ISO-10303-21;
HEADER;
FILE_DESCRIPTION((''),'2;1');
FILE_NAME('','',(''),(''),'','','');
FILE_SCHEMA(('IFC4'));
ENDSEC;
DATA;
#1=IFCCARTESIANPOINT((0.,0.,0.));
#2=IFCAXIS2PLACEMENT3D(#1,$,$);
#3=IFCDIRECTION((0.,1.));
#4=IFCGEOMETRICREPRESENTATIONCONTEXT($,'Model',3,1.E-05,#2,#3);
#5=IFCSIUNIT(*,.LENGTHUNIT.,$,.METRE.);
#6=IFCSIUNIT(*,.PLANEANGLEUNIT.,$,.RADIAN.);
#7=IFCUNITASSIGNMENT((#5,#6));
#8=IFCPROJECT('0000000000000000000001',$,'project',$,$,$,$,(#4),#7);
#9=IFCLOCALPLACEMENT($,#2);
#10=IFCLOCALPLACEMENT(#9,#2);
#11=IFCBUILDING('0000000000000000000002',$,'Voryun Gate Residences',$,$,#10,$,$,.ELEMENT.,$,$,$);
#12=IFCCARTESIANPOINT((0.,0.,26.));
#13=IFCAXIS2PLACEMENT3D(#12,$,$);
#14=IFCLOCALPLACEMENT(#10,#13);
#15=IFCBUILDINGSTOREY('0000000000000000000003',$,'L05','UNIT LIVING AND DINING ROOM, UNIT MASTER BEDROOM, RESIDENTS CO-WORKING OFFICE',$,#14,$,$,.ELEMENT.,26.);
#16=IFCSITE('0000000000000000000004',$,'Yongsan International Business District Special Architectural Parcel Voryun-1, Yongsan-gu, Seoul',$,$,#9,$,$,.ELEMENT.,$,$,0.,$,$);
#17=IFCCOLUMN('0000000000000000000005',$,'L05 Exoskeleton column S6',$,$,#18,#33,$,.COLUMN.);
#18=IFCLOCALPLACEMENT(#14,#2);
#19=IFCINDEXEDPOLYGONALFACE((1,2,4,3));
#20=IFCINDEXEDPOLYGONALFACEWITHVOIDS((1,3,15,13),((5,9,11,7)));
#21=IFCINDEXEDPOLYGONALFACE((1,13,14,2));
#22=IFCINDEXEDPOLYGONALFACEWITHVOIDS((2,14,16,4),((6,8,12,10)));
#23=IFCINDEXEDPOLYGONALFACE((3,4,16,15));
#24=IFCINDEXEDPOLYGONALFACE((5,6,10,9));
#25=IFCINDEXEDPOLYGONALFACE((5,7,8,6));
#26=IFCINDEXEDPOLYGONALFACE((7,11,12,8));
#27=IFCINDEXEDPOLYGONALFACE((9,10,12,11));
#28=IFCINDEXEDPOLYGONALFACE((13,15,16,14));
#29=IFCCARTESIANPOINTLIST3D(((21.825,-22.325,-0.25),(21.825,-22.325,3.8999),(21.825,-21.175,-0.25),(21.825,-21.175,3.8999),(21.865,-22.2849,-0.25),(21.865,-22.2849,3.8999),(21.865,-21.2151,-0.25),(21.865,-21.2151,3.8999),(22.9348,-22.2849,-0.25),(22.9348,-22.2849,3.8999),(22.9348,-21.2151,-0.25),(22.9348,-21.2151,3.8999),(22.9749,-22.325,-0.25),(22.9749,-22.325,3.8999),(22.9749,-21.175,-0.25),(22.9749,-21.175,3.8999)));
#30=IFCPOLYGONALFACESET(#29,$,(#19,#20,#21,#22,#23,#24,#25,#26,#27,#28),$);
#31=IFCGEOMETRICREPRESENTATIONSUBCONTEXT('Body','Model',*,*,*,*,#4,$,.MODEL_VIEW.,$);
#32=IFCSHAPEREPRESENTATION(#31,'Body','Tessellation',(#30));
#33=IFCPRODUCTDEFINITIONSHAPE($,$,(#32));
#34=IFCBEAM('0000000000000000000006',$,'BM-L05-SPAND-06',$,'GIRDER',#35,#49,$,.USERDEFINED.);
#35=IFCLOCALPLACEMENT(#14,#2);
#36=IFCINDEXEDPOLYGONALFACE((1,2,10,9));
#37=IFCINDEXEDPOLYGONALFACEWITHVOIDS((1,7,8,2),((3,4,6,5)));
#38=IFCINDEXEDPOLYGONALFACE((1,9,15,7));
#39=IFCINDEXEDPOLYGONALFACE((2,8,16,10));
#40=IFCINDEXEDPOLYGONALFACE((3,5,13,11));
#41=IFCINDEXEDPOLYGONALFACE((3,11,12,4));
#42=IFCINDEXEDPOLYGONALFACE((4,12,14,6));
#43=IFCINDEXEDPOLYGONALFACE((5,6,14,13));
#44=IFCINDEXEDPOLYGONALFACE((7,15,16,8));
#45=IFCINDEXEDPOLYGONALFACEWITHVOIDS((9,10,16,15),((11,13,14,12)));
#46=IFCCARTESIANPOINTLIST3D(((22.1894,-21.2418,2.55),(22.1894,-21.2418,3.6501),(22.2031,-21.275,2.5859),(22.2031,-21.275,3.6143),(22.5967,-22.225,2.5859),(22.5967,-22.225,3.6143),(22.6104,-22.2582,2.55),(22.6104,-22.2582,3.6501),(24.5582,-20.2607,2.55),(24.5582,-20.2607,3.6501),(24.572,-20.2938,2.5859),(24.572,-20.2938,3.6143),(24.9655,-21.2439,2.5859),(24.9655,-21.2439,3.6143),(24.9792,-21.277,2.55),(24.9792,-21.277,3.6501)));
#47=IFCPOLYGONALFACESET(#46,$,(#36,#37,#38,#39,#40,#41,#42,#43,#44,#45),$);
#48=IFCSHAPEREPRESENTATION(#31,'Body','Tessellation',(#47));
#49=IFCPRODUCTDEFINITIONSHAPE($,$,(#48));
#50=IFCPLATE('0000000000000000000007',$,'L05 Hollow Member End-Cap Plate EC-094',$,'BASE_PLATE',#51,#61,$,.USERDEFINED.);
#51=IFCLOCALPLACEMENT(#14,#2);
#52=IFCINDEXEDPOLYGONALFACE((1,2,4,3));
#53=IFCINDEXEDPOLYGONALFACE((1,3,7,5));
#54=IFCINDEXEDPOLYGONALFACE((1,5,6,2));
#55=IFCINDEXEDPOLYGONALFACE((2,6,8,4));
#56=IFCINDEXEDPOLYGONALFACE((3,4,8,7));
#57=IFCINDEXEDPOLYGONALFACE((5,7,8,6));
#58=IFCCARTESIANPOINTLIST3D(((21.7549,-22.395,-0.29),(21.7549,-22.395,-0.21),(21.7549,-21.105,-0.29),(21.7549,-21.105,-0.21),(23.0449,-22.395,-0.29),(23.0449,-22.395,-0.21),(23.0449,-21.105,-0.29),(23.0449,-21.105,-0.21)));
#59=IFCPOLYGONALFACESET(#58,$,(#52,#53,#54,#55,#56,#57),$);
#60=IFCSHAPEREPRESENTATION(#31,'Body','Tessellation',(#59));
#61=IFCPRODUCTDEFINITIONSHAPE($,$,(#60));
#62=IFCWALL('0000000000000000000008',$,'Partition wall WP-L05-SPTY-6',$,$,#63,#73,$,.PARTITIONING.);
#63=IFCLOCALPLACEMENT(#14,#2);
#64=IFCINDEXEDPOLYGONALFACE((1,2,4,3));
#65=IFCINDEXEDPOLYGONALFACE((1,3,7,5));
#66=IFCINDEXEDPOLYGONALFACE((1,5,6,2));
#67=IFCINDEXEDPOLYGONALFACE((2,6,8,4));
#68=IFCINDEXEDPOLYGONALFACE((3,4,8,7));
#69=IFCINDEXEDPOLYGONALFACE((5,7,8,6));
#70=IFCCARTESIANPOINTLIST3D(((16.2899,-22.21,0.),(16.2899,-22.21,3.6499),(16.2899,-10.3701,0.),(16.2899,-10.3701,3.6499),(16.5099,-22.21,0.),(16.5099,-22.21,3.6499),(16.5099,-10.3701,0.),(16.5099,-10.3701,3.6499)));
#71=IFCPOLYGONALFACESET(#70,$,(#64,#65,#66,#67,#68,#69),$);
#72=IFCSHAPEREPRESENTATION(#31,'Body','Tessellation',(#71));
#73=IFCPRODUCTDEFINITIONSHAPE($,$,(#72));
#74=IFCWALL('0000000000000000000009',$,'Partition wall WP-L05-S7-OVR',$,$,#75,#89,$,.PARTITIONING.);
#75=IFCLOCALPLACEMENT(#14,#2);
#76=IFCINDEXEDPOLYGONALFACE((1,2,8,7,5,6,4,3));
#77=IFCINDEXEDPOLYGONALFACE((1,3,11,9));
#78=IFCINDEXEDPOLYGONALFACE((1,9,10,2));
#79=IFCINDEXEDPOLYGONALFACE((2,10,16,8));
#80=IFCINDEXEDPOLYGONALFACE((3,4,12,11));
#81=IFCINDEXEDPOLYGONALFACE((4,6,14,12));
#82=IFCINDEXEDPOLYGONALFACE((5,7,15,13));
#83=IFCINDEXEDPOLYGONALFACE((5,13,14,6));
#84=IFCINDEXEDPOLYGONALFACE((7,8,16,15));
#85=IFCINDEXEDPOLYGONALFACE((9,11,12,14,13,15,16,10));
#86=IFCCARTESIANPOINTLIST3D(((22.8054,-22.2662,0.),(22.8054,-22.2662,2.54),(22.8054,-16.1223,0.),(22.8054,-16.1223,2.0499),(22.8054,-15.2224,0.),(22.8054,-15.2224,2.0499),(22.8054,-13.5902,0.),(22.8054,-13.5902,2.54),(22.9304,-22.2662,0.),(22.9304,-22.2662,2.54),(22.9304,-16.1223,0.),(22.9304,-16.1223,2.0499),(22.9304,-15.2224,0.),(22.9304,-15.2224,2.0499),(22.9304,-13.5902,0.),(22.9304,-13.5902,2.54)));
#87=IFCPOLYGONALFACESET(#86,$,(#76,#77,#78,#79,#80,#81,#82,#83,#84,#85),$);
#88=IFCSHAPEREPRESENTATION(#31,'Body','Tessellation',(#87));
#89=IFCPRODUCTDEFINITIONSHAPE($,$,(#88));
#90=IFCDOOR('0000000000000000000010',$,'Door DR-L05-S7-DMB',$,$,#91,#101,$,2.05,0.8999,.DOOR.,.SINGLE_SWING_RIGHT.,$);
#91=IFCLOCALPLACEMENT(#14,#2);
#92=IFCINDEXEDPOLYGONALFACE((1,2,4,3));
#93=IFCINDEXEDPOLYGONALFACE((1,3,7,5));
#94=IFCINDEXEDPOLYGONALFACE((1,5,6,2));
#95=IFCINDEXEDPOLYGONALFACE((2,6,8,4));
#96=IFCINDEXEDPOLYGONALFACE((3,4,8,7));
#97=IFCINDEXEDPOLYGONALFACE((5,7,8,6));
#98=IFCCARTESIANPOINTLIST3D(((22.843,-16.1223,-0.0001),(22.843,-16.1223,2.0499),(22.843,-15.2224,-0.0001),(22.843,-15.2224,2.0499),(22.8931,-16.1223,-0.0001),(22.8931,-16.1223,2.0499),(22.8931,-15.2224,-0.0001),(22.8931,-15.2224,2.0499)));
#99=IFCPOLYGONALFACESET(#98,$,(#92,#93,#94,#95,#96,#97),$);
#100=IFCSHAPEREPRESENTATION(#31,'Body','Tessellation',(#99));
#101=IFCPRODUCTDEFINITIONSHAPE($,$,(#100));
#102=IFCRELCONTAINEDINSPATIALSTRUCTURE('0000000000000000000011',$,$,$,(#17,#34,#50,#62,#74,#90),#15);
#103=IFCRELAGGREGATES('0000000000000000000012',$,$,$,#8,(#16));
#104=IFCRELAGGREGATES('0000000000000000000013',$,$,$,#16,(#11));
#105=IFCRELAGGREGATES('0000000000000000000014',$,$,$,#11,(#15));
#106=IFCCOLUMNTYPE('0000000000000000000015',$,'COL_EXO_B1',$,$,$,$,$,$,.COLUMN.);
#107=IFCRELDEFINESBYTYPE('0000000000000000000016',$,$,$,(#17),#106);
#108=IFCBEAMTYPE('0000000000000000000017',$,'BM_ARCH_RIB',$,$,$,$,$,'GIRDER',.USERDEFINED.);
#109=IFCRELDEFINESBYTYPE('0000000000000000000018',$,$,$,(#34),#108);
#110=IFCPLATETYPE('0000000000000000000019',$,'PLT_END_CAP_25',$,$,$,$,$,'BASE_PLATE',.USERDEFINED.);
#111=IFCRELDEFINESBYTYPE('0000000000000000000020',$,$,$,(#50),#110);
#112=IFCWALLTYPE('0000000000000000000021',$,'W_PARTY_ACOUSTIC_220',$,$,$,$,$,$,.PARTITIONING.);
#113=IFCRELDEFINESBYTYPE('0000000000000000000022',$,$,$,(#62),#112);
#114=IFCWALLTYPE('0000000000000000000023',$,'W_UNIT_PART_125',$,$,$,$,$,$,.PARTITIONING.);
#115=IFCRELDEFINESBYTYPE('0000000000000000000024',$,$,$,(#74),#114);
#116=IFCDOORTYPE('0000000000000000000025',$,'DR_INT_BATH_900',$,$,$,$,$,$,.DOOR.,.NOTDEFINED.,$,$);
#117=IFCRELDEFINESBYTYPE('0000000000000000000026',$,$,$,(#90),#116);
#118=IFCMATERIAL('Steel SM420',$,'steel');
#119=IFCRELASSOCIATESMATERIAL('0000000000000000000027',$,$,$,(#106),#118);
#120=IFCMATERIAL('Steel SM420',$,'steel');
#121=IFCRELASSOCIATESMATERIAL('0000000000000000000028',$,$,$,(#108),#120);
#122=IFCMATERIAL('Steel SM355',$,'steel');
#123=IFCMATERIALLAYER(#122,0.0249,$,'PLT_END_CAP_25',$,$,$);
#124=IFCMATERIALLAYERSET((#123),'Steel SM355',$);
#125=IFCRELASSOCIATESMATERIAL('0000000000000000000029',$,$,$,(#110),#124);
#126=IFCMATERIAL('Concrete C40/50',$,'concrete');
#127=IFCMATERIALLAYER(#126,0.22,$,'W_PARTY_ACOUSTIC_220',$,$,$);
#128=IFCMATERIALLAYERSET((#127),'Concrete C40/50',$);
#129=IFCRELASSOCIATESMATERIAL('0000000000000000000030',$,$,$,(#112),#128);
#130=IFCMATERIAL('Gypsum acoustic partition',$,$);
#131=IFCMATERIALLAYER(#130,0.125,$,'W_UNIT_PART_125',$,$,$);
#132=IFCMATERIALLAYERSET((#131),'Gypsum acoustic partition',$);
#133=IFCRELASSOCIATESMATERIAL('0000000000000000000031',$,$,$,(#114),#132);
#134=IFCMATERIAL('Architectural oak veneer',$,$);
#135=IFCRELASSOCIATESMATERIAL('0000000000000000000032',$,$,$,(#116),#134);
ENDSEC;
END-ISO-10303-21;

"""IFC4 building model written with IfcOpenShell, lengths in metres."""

from ifc_helpers import new_model, si_unit, direction, frame, frame_2d, origin, origin_2d, place, context, subcontext, project, spatial, rectangle, hollow_rectangle, extrude, material, layer, layer_set, material_profile, profile_set, type_object, element, fill, save


model = new_model("IFC4")

# Units and contexts
model_context = context("Model", 3, precision=1e-05, world=origin(), true_north=direction((0.0, 1.0)))
body_context = subcontext(model_context, "Body", "Model", "MODEL_VIEW")
ifc_project = project(units=[si_unit("LENGTHUNIT", "METRE"), si_unit("PLANEANGLEUNIT", "RADIAN")], contexts=[model_context])

# Site, building, storey
site_placement = place(None, origin())
site = spatial("IfcSite", under=ifc_project, at=site_placement, Name="Yongsan International Business District Special Architectural Parcel Voryun-1, Yongsan-gu, Seoul", CompositionType="ELEMENT", RefElevation=0.0)
building_placement = place(site_placement, origin())
building = spatial("IfcBuilding", under=site, at=building_placement, Name="Voryun Gate Residences", CompositionType="ELEMENT")
storey_placement = place(building_placement, frame((0.0, 0.0, 26.0)))
storey = spatial("IfcBuildingStorey", under=building, at=storey_placement, Name="L05", Description="UNIT LIVING AND DINING ROOM, UNIT MASTER BEDROOM, RESIDENTS CO-WORKING OFFICE", CompositionType="ELEMENT", Elevation=26.0)

# Column
ifc_material_1 = material(Name="Steel SM420", Category="steel")
ifc_material_profile_1 = material_profile(ifc_material_1, hollow_rectangle(XDim=1.1499, YDim=1.1499, WallThickness=0.04, at=origin_2d()), Name="BOX-1150x1150x40")
ifc_profile_set_1 = profile_set([ifc_material_profile_1], Name="Steel SM420")
column_type = type_object("IfcColumnType", Name="COL_EXO_B1", PredefinedType="COLUMN", material=ifc_profile_set_1)
column_placement = place(storey_placement, frame((22.3999, -21.75, -0.25), z_axis=(0.0, 0.0, 1.0), x_axis=(1.0, 0.0, 0.0)))
element("IfcColumn", 1, at=column_placement, inside=storey, type_object=column_type, Name="L05 Exoskeleton column S6", PredefinedType="COLUMN", context=body_context, shape_type="SweptSolid", body=[
    extrude(hollow_rectangle(XDim=1.1499, YDim=1.1499, WallThickness=0.04, at=origin_2d()), origin(), (0.0, 0.0, 1.0), 4.1499),
])

# Beam
ifc_material_2 = material(Name="Steel SM420", Category="steel")
ifc_material_profile_2 = material_profile(ifc_material_2, hollow_rectangle(XDim=1.1001, YDim=1.1001, WallThickness=0.0359, at=origin_2d()), Name="BOX-1100x1100x36")
ifc_profile_set_2 = profile_set([ifc_material_profile_2], Name="Steel SM420")
beam_type = type_object("IfcBeamType", Name="BM_ARCH_RIB", ElementType="GIRDER", PredefinedType="USERDEFINED", material=ifc_profile_set_2)
beam_placement = place(storey_placement, frame((22.3999, -21.75, 3.1001), z_axis=(0.923883, 0.382674, 0.0), x_axis=(-0.382674, 0.923883, 0.0)))
element("IfcBeam", 2, at=beam_placement, inside=storey, type_object=beam_type, Name="BM-L05-SPAND-06", ObjectType="GIRDER", PredefinedType="USERDEFINED", context=body_context, shape_type="SweptSolid", body=[
    extrude(hollow_rectangle(XDim=1.1001, YDim=1.1001, WallThickness=0.0359, at=origin_2d()), origin(), (0.0, 0.0, 1.0), 2.564),
])

# Plate
ifc_material_3 = material(Name="Steel SM355", Category="steel")
ifc_layer_1 = layer(ifc_material_3, 0.0249, Name="PLT_END_CAP_25")
ifc_layer_set_1 = layer_set([ifc_layer_1], Name="Steel SM355")
plate_type = type_object("IfcPlateType", Name="PLT_END_CAP_25", ElementType="BASE_PLATE", PredefinedType="USERDEFINED", material=ifc_layer_set_1)
plate_placement = place(storey_placement, frame((22.3999, -21.75, -0.29), z_axis=(0.0, 0.0, 1.0), x_axis=(1.0, 0.0, 0.0)))
element("IfcPlate", 3, at=plate_placement, inside=storey, type_object=plate_type, Name="L05 Hollow Member End-Cap Plate EC-094", ObjectType="BASE_PLATE", PredefinedType="USERDEFINED", context=body_context, shape_type="SweptSolid", body=[
    extrude(rectangle(XDim=1.29, YDim=1.29, at=origin_2d()), origin(), (0.0, 0.0, 1.0), 0.0801),
])

# Wall
ifc_material_4 = material(Name="Concrete C40/50", Category="concrete")
ifc_layer_2 = layer(ifc_material_4, 0.22, Name="W_PARTY_ACOUSTIC_220")
ifc_layer_set_2 = layer_set([ifc_layer_2], Name="Concrete C40/50")
wall_type_1 = type_object("IfcWallType", Name="W_PARTY_ACOUSTIC_220", PredefinedType="PARTITIONING", material=ifc_layer_set_2)
wall_1_placement = place(storey_placement, frame((16.3999, -22.21, 0.0), z_axis=(0.0, 0.0, 1.0), x_axis=(0.0, 1.0, 0.0)))
element("IfcWall", 4, at=wall_1_placement, inside=storey, type_object=wall_type_1, Name="Partition wall WP-L05-SPTY-6", PredefinedType="PARTITIONING", context=body_context, shape_type="SweptSolid", body=[
    extrude(rectangle(XDim=11.8398, YDim=0.22, at=frame_2d((5.9199, 0.0))), origin(), (0.0, 0.0, 1.0), 3.6499),
])

# Wall, opening, door
ifc_material_5 = material(Name="Gypsum acoustic partition")
ifc_layer_3 = layer(ifc_material_5, 0.125, Name="W_UNIT_PART_125")
ifc_layer_set_3 = layer_set([ifc_layer_3], Name="Gypsum acoustic partition")
wall_type_2 = type_object("IfcWallType", Name="W_UNIT_PART_125", PredefinedType="PARTITIONING", material=ifc_layer_set_3)
wall_2_placement = place(storey_placement, frame((22.8679, -22.2661, 0.0), z_axis=(0.0, 0.0, 1.0), x_axis=(0.0, 1.0, 0.0)))
wall_2 = element("IfcWall", 5, at=wall_2_placement, inside=storey, type_object=wall_type_2, Name="Partition wall WP-L05-S7-OVR", PredefinedType="PARTITIONING", context=body_context, shape_type="SweptSolid", body=[
    extrude(rectangle(XDim=8.676, YDim=0.125, at=frame_2d((4.3379, 0.0))), origin(), (0.0, 0.0, 1.0), 2.54),
])
opening_1_placement = place(wall_2_placement, frame((6.1438, 0.0, 0.0)))
opening_1 = element("IfcOpeningElement", 6, at=opening_1_placement, cuts=wall_2, PredefinedType="OPENING", context=body_context, shape_type="SweptSolid", body=[
    extrude(rectangle(XDim=0.8999, YDim=2.05, at=frame_2d((0.45, 1.0249))), frame((0.0, 0.0725, 0.0), z_axis=(0.0, -1.0, 0.0), x_axis=(1.0, 0.0, 0.0)), (0.0, 0.0, 1.0), 0.145),
])
ifc_material_6 = material(Name="Architectural oak veneer")
door_type_1 = type_object("IfcDoorType", Name="DR_INT_BATH_900", OperationType="NOTDEFINED", PredefinedType="DOOR", material=ifc_material_6)
door_1_placement = place(opening_1_placement, origin())
door_1 = element("IfcDoor", 7, at=door_1_placement, inside=storey, type_object=door_type_1, Name="Door DR-L05-S7-DMB", OperationType="SINGLE_SWING_RIGHT", OverallHeight=2.05, OverallWidth=0.8999, PredefinedType="DOOR", context=body_context, shape_type="SweptSolid", body=[
    extrude(rectangle(XDim=0.8999, YDim=2.05, at=frame_2d((0.45, 1.0249))), frame((0.0, 0.0249, 0.0), z_axis=(0.0, -1.0, 0.0), x_axis=(1.0, 0.0, 0.0)), (0.0, 0.0, 1.0), 0.05),
])
fill(opening_1, door_1)

save(model, "model.ifc")
